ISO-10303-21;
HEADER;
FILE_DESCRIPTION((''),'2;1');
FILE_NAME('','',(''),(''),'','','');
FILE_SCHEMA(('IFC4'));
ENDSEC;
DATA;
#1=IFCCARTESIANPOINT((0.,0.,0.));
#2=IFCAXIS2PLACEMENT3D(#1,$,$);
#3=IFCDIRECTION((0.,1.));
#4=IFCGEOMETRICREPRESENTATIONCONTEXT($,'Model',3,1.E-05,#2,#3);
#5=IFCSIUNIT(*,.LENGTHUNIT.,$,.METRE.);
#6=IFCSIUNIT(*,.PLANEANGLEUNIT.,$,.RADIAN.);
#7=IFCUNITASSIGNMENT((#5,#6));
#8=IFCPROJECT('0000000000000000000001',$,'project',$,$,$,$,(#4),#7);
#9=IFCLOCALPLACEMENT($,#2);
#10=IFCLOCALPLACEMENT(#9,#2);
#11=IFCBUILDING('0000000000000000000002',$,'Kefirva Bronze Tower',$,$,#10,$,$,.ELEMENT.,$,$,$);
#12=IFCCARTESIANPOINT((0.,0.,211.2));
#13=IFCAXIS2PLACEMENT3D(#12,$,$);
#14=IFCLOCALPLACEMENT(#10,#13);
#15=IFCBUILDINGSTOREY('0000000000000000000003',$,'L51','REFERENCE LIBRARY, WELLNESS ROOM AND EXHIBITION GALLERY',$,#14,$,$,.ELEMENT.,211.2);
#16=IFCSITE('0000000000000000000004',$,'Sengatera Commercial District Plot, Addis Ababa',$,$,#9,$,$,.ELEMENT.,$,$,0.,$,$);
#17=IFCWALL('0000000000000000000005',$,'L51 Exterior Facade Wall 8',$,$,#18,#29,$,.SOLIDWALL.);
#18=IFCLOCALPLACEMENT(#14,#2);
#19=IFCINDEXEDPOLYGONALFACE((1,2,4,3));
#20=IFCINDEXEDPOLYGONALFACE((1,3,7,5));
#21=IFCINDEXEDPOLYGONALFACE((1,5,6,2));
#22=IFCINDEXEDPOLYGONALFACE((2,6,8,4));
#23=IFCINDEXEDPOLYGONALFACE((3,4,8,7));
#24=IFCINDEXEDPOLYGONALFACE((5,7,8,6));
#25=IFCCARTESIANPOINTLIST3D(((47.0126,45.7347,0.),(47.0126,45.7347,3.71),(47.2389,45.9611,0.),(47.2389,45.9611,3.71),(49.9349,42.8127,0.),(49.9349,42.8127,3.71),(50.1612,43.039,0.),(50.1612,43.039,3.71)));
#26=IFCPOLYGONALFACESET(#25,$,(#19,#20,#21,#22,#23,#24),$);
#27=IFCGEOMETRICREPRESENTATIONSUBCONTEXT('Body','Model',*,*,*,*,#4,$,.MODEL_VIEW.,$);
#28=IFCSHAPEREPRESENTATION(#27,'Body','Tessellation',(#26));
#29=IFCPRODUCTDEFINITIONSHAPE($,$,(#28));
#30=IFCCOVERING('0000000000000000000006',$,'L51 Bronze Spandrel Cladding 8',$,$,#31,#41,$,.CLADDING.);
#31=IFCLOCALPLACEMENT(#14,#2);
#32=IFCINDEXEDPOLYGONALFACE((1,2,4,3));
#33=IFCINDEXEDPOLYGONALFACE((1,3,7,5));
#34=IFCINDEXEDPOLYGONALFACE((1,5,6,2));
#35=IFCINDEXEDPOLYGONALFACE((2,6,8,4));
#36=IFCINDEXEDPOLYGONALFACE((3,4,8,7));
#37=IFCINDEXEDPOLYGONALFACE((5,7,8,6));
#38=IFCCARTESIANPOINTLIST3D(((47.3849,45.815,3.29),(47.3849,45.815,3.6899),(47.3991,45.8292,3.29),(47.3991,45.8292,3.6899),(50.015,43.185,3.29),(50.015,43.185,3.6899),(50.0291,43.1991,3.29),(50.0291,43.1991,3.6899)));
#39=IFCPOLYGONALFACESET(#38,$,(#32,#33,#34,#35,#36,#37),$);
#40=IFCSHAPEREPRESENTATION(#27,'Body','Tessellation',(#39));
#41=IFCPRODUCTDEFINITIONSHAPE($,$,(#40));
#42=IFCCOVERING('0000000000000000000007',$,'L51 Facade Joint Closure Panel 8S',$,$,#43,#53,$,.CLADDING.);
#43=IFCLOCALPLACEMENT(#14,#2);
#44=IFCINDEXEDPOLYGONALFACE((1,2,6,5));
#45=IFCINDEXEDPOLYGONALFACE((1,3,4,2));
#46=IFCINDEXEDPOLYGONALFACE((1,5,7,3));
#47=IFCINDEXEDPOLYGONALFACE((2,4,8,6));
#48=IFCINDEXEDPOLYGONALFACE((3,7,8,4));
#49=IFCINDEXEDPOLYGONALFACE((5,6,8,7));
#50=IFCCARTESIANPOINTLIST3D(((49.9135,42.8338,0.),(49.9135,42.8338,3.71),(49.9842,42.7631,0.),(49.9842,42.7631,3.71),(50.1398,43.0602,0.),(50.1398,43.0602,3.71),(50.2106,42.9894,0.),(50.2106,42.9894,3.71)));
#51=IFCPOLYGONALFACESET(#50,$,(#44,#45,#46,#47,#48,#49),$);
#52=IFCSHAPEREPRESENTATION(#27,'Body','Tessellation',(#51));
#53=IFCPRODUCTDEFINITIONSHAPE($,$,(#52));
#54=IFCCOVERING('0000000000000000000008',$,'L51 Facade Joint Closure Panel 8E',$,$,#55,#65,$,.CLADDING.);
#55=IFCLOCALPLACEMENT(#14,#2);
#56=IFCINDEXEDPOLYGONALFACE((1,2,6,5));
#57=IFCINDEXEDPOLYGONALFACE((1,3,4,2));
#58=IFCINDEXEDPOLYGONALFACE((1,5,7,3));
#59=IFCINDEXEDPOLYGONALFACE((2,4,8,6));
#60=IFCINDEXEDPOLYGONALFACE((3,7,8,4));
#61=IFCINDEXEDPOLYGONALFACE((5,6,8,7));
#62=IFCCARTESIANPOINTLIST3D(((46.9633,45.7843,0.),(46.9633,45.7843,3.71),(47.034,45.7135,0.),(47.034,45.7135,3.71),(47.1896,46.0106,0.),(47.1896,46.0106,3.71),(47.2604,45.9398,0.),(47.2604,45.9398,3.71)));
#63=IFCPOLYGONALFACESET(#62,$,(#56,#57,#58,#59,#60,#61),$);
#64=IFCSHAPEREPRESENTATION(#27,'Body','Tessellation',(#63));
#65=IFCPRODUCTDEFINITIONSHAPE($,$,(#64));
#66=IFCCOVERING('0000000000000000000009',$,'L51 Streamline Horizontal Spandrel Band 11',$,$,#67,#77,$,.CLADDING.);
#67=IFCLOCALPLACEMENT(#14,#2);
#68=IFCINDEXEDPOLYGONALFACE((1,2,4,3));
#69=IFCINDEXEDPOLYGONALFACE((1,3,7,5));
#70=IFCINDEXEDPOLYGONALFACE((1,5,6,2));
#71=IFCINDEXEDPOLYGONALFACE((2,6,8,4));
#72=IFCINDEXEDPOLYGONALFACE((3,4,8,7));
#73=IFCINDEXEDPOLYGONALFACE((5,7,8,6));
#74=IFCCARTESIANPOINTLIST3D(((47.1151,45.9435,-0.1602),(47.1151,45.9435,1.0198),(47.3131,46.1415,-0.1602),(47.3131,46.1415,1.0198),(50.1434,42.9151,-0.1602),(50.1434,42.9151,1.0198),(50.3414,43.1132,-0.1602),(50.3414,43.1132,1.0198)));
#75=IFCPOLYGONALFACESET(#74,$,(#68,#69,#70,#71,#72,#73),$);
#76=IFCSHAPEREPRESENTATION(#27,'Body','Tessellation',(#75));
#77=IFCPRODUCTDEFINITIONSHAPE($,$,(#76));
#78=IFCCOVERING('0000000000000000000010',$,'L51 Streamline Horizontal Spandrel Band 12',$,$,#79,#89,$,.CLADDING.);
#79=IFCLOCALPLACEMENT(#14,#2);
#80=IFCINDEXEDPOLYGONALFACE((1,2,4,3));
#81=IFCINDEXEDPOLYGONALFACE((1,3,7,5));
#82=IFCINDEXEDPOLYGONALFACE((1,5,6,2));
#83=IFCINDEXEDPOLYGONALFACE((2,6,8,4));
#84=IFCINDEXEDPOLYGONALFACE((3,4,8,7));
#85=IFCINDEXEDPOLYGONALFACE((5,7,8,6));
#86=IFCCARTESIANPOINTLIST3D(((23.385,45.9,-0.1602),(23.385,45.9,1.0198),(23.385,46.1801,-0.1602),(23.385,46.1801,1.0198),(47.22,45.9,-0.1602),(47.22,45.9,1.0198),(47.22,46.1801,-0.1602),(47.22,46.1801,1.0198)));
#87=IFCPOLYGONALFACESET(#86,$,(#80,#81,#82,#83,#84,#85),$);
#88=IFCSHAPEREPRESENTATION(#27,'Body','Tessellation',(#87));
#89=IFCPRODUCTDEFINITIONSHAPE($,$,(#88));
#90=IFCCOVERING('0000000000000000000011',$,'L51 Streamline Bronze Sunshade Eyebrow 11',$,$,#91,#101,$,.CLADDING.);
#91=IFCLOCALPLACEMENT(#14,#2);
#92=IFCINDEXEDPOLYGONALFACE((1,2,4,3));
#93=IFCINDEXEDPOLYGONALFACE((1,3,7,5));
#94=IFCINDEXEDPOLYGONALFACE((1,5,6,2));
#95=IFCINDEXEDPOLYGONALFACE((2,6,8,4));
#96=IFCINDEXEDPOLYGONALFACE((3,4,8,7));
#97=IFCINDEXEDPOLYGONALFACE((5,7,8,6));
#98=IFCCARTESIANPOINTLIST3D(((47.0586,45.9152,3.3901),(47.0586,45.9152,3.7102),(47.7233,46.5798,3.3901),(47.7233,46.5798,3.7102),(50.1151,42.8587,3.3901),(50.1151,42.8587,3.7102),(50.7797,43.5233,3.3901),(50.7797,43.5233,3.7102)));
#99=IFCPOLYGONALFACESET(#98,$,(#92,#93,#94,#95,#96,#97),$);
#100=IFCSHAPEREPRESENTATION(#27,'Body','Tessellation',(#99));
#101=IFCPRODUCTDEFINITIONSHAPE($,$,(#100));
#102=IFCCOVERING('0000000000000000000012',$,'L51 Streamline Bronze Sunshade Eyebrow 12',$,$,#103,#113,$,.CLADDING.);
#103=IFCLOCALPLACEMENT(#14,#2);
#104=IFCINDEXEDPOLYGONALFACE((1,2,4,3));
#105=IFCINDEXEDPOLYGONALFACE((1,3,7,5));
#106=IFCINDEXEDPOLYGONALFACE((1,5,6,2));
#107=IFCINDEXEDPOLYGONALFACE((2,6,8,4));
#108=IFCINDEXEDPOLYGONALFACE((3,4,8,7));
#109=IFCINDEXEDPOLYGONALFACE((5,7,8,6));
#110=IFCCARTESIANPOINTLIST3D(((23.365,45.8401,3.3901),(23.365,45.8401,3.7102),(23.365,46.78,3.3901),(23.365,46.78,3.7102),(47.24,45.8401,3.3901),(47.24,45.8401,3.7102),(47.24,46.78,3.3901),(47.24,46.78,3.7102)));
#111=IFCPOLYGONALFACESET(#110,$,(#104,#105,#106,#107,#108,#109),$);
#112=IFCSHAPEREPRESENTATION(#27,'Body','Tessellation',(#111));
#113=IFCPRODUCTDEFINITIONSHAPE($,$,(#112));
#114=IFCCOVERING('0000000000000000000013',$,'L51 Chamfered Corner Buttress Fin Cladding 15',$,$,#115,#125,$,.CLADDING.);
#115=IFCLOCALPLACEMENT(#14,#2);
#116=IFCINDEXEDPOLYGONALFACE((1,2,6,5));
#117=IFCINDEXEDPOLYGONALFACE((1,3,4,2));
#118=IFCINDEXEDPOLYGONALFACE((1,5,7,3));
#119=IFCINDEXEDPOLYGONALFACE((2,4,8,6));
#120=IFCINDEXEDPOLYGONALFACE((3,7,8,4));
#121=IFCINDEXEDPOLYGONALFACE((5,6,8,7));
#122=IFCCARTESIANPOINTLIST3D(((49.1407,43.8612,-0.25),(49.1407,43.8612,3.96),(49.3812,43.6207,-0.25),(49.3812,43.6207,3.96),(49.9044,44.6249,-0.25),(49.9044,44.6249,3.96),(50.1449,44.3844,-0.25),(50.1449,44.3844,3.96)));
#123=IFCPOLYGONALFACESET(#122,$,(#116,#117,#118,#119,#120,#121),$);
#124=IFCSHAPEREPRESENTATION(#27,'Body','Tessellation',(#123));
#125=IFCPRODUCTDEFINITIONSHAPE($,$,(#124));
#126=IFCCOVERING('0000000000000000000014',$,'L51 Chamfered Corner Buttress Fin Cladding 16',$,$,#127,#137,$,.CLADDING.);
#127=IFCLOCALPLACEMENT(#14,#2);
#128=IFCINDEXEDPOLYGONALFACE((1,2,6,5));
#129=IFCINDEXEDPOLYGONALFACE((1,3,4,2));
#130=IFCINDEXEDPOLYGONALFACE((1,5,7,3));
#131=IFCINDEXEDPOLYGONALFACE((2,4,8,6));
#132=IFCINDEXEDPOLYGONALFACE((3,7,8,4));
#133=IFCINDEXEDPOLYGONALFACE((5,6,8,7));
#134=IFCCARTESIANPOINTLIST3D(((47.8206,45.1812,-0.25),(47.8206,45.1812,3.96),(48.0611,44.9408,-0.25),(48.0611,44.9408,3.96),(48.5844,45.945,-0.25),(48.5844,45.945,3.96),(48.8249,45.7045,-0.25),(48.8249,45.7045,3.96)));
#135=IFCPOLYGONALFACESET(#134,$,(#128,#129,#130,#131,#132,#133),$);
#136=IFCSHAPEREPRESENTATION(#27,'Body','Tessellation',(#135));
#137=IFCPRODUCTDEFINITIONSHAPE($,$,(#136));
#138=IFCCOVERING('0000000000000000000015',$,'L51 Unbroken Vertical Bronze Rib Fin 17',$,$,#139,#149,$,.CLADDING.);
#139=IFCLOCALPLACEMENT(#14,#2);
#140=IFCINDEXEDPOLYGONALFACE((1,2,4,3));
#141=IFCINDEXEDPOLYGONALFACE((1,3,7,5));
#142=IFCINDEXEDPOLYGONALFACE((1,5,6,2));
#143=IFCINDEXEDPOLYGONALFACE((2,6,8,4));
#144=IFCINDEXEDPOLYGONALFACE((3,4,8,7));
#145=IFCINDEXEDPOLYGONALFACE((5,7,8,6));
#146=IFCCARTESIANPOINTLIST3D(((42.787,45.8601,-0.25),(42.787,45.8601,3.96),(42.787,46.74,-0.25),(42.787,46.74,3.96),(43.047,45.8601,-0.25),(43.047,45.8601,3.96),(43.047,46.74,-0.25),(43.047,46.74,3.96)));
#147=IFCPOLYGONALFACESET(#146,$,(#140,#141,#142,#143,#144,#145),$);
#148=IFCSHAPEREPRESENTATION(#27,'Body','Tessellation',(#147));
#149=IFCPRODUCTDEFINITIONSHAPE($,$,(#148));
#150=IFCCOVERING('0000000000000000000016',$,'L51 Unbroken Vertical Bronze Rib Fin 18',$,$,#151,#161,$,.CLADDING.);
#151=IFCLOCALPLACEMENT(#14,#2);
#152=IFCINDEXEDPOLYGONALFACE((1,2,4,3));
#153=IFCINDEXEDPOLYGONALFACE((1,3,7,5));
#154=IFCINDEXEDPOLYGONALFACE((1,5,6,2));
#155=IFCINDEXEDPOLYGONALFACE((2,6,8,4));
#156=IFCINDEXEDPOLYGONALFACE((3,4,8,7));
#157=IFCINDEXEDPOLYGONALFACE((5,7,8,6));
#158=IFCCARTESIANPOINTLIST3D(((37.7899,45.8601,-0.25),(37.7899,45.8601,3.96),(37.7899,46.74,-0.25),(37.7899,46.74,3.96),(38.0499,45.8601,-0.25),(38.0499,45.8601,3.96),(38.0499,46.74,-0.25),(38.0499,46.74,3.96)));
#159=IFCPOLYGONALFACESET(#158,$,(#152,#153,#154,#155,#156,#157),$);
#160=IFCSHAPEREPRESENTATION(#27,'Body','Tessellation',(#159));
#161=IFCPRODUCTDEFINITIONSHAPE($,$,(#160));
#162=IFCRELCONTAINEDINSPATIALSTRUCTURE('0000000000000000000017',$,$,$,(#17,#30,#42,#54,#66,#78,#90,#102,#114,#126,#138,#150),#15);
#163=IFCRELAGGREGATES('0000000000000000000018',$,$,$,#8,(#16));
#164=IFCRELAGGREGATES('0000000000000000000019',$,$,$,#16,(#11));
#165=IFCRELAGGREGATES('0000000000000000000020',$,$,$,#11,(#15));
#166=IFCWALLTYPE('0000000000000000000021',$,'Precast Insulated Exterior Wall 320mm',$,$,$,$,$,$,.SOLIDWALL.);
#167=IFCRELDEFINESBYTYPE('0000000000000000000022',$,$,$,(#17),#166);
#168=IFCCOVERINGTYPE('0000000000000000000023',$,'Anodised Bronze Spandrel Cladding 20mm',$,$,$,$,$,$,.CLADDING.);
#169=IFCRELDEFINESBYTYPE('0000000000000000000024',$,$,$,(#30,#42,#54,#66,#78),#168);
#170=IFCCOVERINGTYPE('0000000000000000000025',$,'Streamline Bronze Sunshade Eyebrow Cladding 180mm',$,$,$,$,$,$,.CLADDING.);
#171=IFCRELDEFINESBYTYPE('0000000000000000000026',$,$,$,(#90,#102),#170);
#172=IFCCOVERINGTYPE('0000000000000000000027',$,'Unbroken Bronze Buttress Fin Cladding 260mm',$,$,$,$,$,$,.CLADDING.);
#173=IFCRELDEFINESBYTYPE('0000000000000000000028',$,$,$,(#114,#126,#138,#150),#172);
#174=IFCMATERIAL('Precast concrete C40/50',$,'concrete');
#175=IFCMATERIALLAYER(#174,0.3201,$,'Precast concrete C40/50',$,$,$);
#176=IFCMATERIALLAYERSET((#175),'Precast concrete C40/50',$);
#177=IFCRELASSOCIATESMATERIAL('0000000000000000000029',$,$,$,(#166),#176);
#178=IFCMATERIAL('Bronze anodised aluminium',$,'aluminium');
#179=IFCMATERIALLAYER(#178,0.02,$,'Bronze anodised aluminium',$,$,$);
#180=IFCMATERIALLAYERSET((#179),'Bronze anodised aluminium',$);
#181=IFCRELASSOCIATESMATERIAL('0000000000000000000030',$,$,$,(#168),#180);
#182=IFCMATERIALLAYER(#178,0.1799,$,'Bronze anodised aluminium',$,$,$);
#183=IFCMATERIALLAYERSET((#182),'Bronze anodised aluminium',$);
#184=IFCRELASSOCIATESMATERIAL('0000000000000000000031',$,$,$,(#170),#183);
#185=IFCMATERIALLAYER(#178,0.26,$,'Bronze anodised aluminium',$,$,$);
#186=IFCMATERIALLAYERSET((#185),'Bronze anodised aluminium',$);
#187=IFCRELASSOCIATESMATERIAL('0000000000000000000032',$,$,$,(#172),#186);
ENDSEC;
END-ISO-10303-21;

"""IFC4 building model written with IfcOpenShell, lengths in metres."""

from ifc_helpers import new_model, si_unit, direction, frame, frame_2d, origin, origin_2d, place, context, subcontext, project, spatial, rectangle, extrude, material, layer, layer_set, type_object, element, save


model = new_model("IFC4")

# Units and contexts
model_context = context("Model", 3, precision=1e-05, world=origin(), true_north=direction((0.0, 1.0)))
body_context = subcontext(model_context, "Body", "Model", "MODEL_VIEW")
ifc_project = project(units=[si_unit("LENGTHUNIT", "METRE"), si_unit("PLANEANGLEUNIT", "RADIAN")], contexts=[model_context])

# Site, building, storey
site_placement = place(None, origin())
site = spatial("IfcSite", under=ifc_project, at=site_placement, Name="Sengatera Commercial District Plot, Addis Ababa", CompositionType="ELEMENT", RefElevation=0.0)
building_placement = place(site_placement, origin())
building = spatial("IfcBuilding", under=site, at=building_placement, Name="Kefirva Bronze Tower", CompositionType="ELEMENT")
storey_placement = place(building_placement, frame((0.0, 0.0, 211.2)))
storey = spatial("IfcBuildingStorey", under=building, at=storey_placement, Name="L51", Description="REFERENCE LIBRARY, WELLNESS ROOM AND EXHIBITION GALLERY", CompositionType="ELEMENT", Elevation=211.2)

# Shared definitions
ifc_material_1 = material(Name="Bronze anodised aluminium", Category="aluminium")

# Wall
ifc_material_2 = material(Name="Precast concrete C40/50", Category="concrete")
ifc_layer_1 = layer(ifc_material_2, 0.3201, Name="Precast concrete C40/50")
ifc_layer_set_1 = layer_set([ifc_layer_1], Name="Precast concrete C40/50")
wall_type = type_object("IfcWallType", Name="Precast Insulated Exterior Wall 320mm", PredefinedType="SOLIDWALL", material=ifc_layer_set_1)
wall_placement = place(storey_placement, frame((50.0481, 42.9258, 0.0), z_axis=(0.0, 0.0, 1.0), x_axis=(-0.707136, 0.707077, 0.0)))
element("IfcWall", 1, at=wall_placement, inside=storey, type_object=wall_type, Name="L51 Exterior Facade Wall 8", PredefinedType="SOLIDWALL", context=body_context, shape_type="SweptSolid", body=[
    extrude(rectangle(XDim=4.1326, YDim=0.3201, at=frame_2d((2.0664, 0.0))), origin(), (0.0, 0.0, 1.0), 3.71),
])

# Coverings
ifc_layer_2 = layer(ifc_material_1, 0.02, Name="Bronze anodised aluminium")
ifc_layer_set_2 = layer_set([ifc_layer_2], Name="Bronze anodised aluminium")
covering_type_1 = type_object("IfcCoveringType", Name="Anodised Bronze Spandrel Cladding 20mm", PredefinedType="CLADDING", material=ifc_layer_set_2)
covering_1_placement = place(storey_placement, frame((48.707, 44.5071, 3.29), z_axis=(0.0, 0.0, 1.0), x_axis=(-0.707107, 0.707107, 0.0)))
element("IfcCovering", 2, at=covering_1_placement, inside=storey, type_object=covering_type_1, Name="L51 Bronze Spandrel Cladding 8", PredefinedType="CLADDING", context=body_context, shape_type="SweptSolid", body=[
    extrude(rectangle(XDim=3.7195, YDim=0.02, at=origin_2d()), origin(), (0.0, 0.0, 1.0), 0.3999),
])
for number, where, z_axis, x_axis, name in (
    (3, (50.062, 42.9116, 0.0), (0.0, 0.0, 1.0), (-0.707107, 0.707107, 0.0), "L51 Facade Joint Closure Panel 8S"),
    (4, (47.1118, 45.8621, 0.0), (0.0, 0.0, 1.0), (-0.707107, 0.707107, 0.0), "L51 Facade Joint Closure Panel 8E"),
):
    element("IfcCovering", number, at=place(storey_placement, frame(where, z_axis=z_axis, x_axis=x_axis)), inside=storey, type_object=covering_type_1, Name=name, PredefinedType="CLADDING", context=body_context, shape_type="SweptSolid", body=[
        extrude(rectangle(XDim=0.1001, YDim=0.3201, at=origin_2d()), origin(), (0.0, 0.0, 1.0), 3.71),
    ])
covering_2_placement = place(storey_placement, frame((48.7283, 44.5283, -0.1602), z_axis=(0.0, 0.0, 1.0), x_axis=(-0.707107, 0.707107, 0.0)))
element("IfcCovering", 5, at=covering_2_placement, inside=storey, type_object=covering_type_1, Name="L51 Streamline Horizontal Spandrel Band 11", PredefinedType="CLADDING", context=body_context, shape_type="SweptSolid", body=[
    extrude(rectangle(XDim=4.2827, YDim=0.28, at=origin_2d()), origin(), (0.0, 0.0, 1.0), 1.1799),
])
covering_3_placement = place(storey_placement, frame((35.3025, 46.04, -0.1602), z_axis=(0.0, 0.0, 1.0), x_axis=(-1.0, 0.0, 0.0)))
element("IfcCovering", 6, at=covering_3_placement, inside=storey, type_object=covering_type_1, Name="L51 Streamline Horizontal Spandrel Band 12", PredefinedType="CLADDING", context=body_context, shape_type="SweptSolid", body=[
    extrude(rectangle(XDim=23.835, YDim=0.28, at=origin_2d()), origin(), (0.0, 0.0, 1.0), 1.1799),
])
ifc_layer_3 = layer(ifc_material_1, 0.1799, Name="Bronze anodised aluminium")
ifc_layer_set_3 = layer_set([ifc_layer_3], Name="Bronze anodised aluminium")
covering_type_2 = type_object("IfcCoveringType", Name="Streamline Bronze Sunshade Eyebrow Cladding 180mm", PredefinedType="CLADDING", material=ifc_layer_set_3)
covering_4_placement = place(storey_placement, frame((48.9192, 44.7192, 3.3901), z_axis=(0.0, 0.0, 1.0), x_axis=(-0.707107, 0.707107, 0.0)))
element("IfcCovering", 7, at=covering_4_placement, inside=storey, type_object=covering_type_2, Name="L51 Streamline Bronze Sunshade Eyebrow 11", PredefinedType="CLADDING", context=body_context, shape_type="SweptSolid", body=[
    extrude(rectangle(XDim=4.3225, YDim=0.9399, at=origin_2d()), origin(), (0.0, 0.0, 1.0), 0.3201),
])
covering_5_placement = place(storey_placement, frame((35.3025, 46.3101, 3.3901), z_axis=(0.0, 0.0, 1.0), x_axis=(-1.0, 0.0, 0.0)))
element("IfcCovering", 8, at=covering_5_placement, inside=storey, type_object=covering_type_2, Name="L51 Streamline Bronze Sunshade Eyebrow 12", PredefinedType="CLADDING", context=body_context, shape_type="SweptSolid", body=[
    extrude(rectangle(XDim=23.875, YDim=0.9399, at=origin_2d()), origin(), (0.0, 0.0, 1.0), 0.3201),
])
ifc_layer_4 = layer(ifc_material_1, 0.26, Name="Bronze anodised aluminium")
ifc_layer_set_4 = layer_set([ifc_layer_4], Name="Bronze anodised aluminium")
covering_type_3 = type_object("IfcCoveringType", Name="Unbroken Bronze Buttress Fin Cladding 260mm", PredefinedType="CLADDING", material=ifc_layer_set_4)
for number, where, z_axis, x_axis, name in (
    (9, (49.6428, 44.1228, -0.25), (0.0, 0.0, 1.0), (-0.707107, 0.707107, 0.0), "L51 Chamfered Corner Buttress Fin Cladding 15"),
    (10, (48.3228, 45.4429, -0.25), (0.0, 0.0, 1.0), (-0.707107, 0.707107, 0.0), "L51 Chamfered Corner Buttress Fin Cladding 16"),
):
    element("IfcCovering", number, at=place(storey_placement, frame(where, z_axis=z_axis, x_axis=x_axis)), inside=storey, type_object=covering_type_3, Name=name, PredefinedType="CLADDING", context=body_context, shape_type="SweptSolid", body=[
        extrude(rectangle(XDim=0.3401, YDim=1.0801, at=origin_2d()), origin(), (0.0, 0.0, 1.0), 4.21),
    ])
for number, where, z_axis, x_axis, name in (
    (11, (42.917, 46.3, -0.25), (0.0, 0.0, 1.0), (-1.0, 0.0, 0.0), "L51 Unbroken Vertical Bronze Rib Fin 17"),
    (12, (37.9199, 46.3, -0.25), (0.0, 0.0, 1.0), (-1.0, 0.0, 0.0), "L51 Unbroken Vertical Bronze Rib Fin 18"),
):
    element("IfcCovering", number, at=place(storey_placement, frame(where, z_axis=z_axis, x_axis=x_axis)), inside=storey, type_object=covering_type_3, Name=name, PredefinedType="CLADDING", context=body_context, shape_type="SweptSolid", body=[
        extrude(rectangle(XDim=0.26, YDim=0.8799, at=origin_2d()), origin(), (0.0, 0.0, 1.0), 4.21),
    ])

save(model, "model.ifc")
